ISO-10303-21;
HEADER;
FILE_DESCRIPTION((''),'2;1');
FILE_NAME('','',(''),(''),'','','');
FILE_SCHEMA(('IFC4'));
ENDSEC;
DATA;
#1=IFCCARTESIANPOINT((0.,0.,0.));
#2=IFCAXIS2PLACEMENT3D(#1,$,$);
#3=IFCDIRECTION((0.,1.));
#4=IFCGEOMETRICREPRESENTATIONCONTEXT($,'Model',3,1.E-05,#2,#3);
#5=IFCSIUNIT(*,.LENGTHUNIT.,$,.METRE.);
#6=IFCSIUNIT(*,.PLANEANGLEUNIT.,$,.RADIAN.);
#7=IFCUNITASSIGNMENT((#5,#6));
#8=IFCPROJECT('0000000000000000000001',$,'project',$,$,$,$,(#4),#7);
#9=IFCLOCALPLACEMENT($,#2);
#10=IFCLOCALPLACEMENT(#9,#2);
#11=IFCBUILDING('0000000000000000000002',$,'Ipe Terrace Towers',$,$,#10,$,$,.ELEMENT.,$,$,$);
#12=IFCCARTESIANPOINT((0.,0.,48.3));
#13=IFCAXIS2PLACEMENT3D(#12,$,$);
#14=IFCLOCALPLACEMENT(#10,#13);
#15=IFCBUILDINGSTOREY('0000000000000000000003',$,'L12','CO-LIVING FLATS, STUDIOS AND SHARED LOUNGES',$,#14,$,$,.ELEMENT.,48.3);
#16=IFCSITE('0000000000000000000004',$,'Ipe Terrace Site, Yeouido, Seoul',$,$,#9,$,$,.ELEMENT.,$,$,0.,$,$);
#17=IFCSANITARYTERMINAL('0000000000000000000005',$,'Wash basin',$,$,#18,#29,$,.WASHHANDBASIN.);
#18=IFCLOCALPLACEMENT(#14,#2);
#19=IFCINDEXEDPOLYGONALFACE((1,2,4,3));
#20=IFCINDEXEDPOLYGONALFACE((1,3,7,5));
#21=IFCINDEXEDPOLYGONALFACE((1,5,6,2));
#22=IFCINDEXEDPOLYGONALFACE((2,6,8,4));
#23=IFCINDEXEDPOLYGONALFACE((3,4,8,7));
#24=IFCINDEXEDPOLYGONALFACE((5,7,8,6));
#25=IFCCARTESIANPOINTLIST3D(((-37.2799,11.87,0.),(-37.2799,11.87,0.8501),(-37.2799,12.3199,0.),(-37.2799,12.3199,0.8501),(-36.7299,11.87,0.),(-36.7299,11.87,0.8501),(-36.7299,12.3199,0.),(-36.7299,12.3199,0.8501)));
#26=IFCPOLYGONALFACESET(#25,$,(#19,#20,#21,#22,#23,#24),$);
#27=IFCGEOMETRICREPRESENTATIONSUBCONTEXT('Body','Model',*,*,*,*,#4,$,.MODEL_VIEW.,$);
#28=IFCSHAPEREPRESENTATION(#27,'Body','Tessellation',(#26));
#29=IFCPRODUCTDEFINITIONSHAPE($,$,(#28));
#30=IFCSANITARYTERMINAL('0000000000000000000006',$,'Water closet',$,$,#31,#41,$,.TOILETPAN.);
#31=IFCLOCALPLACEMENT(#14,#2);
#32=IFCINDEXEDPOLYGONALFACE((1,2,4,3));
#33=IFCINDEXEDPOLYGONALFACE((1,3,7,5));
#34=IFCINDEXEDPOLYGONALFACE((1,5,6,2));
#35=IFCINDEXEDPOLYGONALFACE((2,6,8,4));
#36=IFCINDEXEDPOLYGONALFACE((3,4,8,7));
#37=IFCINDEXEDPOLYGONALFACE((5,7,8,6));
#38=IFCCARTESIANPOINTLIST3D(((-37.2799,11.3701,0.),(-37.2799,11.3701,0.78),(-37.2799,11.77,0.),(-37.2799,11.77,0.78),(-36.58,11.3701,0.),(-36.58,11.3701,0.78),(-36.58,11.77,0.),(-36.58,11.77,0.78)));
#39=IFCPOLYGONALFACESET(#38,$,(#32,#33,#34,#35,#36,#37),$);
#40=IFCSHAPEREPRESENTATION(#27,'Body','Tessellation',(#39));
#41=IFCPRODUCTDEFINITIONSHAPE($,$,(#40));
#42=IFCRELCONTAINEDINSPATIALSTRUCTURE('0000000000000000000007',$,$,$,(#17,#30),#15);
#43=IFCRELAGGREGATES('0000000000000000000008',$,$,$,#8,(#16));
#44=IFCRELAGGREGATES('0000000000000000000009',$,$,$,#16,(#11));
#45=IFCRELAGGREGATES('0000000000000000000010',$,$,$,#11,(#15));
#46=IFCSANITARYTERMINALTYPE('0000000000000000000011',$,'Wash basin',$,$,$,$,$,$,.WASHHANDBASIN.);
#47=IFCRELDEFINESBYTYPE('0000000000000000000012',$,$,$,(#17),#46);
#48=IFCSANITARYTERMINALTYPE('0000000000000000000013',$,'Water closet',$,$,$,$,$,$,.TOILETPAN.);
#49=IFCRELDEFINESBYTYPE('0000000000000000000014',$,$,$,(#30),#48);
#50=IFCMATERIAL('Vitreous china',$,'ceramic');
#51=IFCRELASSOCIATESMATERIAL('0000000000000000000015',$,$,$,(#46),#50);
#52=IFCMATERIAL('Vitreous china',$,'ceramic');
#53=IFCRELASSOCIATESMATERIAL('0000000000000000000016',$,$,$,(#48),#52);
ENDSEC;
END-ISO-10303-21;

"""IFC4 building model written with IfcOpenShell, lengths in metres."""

from ifc_helpers import new_model, si_unit, direction, frame, origin, origin_2d, place, context, subcontext, project, spatial, rectangle, extrude, material, type_object, element, save


model = new_model("IFC4")

# Units and contexts
model_context = context("Model", 3, precision=1e-05, world=origin(), true_north=direction((0.0, 1.0)))
body_context = subcontext(model_context, "Body", "Model", "MODEL_VIEW")
ifc_project = project(units=[si_unit("LENGTHUNIT", "METRE"), si_unit("PLANEANGLEUNIT", "RADIAN")], contexts=[model_context])

# Site, building, storey
site_placement = place(None, origin())
site = spatial("IfcSite", under=ifc_project, at=site_placement, Name="Ipe Terrace Site, Yeouido, Seoul", CompositionType="ELEMENT", RefElevation=0.0)
building_placement = place(site_placement, origin())
building = spatial("IfcBuilding", under=site, at=building_placement, Name="Ipe Terrace Towers", CompositionType="ELEMENT")
storey_placement = place(building_placement, frame((0.0, 0.0, 48.3)))
storey = spatial("IfcBuildingStorey", under=building, at=storey_placement, Name="L12", Description="CO-LIVING FLATS, STUDIOS AND SHARED LOUNGES", CompositionType="ELEMENT", Elevation=48.3)

# Sanitary terminals
ifc_material_1 = material(Name="Vitreous china", Category="ceramic")
sanitary_terminal_type_1 = type_object("IfcSanitaryTerminalType", Name="Wash basin", PredefinedType="WASHHANDBASIN", material=ifc_material_1)
sanitary_terminal_1_placement = place(storey_placement, frame((-37.0049, 12.095, 0.0), z_axis=(0.0, 0.0, 1.0), x_axis=(1.0, 0.0, 0.0)))
element("IfcSanitaryTerminal", 1, at=sanitary_terminal_1_placement, inside=storey, type_object=sanitary_terminal_type_1, Name="Wash basin", PredefinedType="WASHHANDBASIN", context=body_context, shape_type="SweptSolid", body=[
    extrude(rectangle(XDim=0.55, YDim=0.45, at=origin_2d()), origin(), (0.0, 0.0, 1.0), 0.8501),
])
ifc_material_2 = material(Name="Vitreous china", Category="ceramic")
sanitary_terminal_type_2 = type_object("IfcSanitaryTerminalType", Name="Water closet", PredefinedType="TOILETPAN", material=ifc_material_2)
sanitary_terminal_2_placement = place(storey_placement, frame((-36.9299, 11.5701, 0.0), z_axis=(0.0, 0.0, 1.0), x_axis=(1.0, 0.0, 0.0)))
element("IfcSanitaryTerminal", 2, at=sanitary_terminal_2_placement, inside=storey, type_object=sanitary_terminal_type_2, Name="Water closet", PredefinedType="TOILETPAN", context=body_context, shape_type="SweptSolid", body=[
    extrude(rectangle(XDim=0.7, YDim=0.3999, at=origin_2d()), origin(), (0.0, 0.0, 1.0), 0.78),
])

save(model, "model.ifc")
